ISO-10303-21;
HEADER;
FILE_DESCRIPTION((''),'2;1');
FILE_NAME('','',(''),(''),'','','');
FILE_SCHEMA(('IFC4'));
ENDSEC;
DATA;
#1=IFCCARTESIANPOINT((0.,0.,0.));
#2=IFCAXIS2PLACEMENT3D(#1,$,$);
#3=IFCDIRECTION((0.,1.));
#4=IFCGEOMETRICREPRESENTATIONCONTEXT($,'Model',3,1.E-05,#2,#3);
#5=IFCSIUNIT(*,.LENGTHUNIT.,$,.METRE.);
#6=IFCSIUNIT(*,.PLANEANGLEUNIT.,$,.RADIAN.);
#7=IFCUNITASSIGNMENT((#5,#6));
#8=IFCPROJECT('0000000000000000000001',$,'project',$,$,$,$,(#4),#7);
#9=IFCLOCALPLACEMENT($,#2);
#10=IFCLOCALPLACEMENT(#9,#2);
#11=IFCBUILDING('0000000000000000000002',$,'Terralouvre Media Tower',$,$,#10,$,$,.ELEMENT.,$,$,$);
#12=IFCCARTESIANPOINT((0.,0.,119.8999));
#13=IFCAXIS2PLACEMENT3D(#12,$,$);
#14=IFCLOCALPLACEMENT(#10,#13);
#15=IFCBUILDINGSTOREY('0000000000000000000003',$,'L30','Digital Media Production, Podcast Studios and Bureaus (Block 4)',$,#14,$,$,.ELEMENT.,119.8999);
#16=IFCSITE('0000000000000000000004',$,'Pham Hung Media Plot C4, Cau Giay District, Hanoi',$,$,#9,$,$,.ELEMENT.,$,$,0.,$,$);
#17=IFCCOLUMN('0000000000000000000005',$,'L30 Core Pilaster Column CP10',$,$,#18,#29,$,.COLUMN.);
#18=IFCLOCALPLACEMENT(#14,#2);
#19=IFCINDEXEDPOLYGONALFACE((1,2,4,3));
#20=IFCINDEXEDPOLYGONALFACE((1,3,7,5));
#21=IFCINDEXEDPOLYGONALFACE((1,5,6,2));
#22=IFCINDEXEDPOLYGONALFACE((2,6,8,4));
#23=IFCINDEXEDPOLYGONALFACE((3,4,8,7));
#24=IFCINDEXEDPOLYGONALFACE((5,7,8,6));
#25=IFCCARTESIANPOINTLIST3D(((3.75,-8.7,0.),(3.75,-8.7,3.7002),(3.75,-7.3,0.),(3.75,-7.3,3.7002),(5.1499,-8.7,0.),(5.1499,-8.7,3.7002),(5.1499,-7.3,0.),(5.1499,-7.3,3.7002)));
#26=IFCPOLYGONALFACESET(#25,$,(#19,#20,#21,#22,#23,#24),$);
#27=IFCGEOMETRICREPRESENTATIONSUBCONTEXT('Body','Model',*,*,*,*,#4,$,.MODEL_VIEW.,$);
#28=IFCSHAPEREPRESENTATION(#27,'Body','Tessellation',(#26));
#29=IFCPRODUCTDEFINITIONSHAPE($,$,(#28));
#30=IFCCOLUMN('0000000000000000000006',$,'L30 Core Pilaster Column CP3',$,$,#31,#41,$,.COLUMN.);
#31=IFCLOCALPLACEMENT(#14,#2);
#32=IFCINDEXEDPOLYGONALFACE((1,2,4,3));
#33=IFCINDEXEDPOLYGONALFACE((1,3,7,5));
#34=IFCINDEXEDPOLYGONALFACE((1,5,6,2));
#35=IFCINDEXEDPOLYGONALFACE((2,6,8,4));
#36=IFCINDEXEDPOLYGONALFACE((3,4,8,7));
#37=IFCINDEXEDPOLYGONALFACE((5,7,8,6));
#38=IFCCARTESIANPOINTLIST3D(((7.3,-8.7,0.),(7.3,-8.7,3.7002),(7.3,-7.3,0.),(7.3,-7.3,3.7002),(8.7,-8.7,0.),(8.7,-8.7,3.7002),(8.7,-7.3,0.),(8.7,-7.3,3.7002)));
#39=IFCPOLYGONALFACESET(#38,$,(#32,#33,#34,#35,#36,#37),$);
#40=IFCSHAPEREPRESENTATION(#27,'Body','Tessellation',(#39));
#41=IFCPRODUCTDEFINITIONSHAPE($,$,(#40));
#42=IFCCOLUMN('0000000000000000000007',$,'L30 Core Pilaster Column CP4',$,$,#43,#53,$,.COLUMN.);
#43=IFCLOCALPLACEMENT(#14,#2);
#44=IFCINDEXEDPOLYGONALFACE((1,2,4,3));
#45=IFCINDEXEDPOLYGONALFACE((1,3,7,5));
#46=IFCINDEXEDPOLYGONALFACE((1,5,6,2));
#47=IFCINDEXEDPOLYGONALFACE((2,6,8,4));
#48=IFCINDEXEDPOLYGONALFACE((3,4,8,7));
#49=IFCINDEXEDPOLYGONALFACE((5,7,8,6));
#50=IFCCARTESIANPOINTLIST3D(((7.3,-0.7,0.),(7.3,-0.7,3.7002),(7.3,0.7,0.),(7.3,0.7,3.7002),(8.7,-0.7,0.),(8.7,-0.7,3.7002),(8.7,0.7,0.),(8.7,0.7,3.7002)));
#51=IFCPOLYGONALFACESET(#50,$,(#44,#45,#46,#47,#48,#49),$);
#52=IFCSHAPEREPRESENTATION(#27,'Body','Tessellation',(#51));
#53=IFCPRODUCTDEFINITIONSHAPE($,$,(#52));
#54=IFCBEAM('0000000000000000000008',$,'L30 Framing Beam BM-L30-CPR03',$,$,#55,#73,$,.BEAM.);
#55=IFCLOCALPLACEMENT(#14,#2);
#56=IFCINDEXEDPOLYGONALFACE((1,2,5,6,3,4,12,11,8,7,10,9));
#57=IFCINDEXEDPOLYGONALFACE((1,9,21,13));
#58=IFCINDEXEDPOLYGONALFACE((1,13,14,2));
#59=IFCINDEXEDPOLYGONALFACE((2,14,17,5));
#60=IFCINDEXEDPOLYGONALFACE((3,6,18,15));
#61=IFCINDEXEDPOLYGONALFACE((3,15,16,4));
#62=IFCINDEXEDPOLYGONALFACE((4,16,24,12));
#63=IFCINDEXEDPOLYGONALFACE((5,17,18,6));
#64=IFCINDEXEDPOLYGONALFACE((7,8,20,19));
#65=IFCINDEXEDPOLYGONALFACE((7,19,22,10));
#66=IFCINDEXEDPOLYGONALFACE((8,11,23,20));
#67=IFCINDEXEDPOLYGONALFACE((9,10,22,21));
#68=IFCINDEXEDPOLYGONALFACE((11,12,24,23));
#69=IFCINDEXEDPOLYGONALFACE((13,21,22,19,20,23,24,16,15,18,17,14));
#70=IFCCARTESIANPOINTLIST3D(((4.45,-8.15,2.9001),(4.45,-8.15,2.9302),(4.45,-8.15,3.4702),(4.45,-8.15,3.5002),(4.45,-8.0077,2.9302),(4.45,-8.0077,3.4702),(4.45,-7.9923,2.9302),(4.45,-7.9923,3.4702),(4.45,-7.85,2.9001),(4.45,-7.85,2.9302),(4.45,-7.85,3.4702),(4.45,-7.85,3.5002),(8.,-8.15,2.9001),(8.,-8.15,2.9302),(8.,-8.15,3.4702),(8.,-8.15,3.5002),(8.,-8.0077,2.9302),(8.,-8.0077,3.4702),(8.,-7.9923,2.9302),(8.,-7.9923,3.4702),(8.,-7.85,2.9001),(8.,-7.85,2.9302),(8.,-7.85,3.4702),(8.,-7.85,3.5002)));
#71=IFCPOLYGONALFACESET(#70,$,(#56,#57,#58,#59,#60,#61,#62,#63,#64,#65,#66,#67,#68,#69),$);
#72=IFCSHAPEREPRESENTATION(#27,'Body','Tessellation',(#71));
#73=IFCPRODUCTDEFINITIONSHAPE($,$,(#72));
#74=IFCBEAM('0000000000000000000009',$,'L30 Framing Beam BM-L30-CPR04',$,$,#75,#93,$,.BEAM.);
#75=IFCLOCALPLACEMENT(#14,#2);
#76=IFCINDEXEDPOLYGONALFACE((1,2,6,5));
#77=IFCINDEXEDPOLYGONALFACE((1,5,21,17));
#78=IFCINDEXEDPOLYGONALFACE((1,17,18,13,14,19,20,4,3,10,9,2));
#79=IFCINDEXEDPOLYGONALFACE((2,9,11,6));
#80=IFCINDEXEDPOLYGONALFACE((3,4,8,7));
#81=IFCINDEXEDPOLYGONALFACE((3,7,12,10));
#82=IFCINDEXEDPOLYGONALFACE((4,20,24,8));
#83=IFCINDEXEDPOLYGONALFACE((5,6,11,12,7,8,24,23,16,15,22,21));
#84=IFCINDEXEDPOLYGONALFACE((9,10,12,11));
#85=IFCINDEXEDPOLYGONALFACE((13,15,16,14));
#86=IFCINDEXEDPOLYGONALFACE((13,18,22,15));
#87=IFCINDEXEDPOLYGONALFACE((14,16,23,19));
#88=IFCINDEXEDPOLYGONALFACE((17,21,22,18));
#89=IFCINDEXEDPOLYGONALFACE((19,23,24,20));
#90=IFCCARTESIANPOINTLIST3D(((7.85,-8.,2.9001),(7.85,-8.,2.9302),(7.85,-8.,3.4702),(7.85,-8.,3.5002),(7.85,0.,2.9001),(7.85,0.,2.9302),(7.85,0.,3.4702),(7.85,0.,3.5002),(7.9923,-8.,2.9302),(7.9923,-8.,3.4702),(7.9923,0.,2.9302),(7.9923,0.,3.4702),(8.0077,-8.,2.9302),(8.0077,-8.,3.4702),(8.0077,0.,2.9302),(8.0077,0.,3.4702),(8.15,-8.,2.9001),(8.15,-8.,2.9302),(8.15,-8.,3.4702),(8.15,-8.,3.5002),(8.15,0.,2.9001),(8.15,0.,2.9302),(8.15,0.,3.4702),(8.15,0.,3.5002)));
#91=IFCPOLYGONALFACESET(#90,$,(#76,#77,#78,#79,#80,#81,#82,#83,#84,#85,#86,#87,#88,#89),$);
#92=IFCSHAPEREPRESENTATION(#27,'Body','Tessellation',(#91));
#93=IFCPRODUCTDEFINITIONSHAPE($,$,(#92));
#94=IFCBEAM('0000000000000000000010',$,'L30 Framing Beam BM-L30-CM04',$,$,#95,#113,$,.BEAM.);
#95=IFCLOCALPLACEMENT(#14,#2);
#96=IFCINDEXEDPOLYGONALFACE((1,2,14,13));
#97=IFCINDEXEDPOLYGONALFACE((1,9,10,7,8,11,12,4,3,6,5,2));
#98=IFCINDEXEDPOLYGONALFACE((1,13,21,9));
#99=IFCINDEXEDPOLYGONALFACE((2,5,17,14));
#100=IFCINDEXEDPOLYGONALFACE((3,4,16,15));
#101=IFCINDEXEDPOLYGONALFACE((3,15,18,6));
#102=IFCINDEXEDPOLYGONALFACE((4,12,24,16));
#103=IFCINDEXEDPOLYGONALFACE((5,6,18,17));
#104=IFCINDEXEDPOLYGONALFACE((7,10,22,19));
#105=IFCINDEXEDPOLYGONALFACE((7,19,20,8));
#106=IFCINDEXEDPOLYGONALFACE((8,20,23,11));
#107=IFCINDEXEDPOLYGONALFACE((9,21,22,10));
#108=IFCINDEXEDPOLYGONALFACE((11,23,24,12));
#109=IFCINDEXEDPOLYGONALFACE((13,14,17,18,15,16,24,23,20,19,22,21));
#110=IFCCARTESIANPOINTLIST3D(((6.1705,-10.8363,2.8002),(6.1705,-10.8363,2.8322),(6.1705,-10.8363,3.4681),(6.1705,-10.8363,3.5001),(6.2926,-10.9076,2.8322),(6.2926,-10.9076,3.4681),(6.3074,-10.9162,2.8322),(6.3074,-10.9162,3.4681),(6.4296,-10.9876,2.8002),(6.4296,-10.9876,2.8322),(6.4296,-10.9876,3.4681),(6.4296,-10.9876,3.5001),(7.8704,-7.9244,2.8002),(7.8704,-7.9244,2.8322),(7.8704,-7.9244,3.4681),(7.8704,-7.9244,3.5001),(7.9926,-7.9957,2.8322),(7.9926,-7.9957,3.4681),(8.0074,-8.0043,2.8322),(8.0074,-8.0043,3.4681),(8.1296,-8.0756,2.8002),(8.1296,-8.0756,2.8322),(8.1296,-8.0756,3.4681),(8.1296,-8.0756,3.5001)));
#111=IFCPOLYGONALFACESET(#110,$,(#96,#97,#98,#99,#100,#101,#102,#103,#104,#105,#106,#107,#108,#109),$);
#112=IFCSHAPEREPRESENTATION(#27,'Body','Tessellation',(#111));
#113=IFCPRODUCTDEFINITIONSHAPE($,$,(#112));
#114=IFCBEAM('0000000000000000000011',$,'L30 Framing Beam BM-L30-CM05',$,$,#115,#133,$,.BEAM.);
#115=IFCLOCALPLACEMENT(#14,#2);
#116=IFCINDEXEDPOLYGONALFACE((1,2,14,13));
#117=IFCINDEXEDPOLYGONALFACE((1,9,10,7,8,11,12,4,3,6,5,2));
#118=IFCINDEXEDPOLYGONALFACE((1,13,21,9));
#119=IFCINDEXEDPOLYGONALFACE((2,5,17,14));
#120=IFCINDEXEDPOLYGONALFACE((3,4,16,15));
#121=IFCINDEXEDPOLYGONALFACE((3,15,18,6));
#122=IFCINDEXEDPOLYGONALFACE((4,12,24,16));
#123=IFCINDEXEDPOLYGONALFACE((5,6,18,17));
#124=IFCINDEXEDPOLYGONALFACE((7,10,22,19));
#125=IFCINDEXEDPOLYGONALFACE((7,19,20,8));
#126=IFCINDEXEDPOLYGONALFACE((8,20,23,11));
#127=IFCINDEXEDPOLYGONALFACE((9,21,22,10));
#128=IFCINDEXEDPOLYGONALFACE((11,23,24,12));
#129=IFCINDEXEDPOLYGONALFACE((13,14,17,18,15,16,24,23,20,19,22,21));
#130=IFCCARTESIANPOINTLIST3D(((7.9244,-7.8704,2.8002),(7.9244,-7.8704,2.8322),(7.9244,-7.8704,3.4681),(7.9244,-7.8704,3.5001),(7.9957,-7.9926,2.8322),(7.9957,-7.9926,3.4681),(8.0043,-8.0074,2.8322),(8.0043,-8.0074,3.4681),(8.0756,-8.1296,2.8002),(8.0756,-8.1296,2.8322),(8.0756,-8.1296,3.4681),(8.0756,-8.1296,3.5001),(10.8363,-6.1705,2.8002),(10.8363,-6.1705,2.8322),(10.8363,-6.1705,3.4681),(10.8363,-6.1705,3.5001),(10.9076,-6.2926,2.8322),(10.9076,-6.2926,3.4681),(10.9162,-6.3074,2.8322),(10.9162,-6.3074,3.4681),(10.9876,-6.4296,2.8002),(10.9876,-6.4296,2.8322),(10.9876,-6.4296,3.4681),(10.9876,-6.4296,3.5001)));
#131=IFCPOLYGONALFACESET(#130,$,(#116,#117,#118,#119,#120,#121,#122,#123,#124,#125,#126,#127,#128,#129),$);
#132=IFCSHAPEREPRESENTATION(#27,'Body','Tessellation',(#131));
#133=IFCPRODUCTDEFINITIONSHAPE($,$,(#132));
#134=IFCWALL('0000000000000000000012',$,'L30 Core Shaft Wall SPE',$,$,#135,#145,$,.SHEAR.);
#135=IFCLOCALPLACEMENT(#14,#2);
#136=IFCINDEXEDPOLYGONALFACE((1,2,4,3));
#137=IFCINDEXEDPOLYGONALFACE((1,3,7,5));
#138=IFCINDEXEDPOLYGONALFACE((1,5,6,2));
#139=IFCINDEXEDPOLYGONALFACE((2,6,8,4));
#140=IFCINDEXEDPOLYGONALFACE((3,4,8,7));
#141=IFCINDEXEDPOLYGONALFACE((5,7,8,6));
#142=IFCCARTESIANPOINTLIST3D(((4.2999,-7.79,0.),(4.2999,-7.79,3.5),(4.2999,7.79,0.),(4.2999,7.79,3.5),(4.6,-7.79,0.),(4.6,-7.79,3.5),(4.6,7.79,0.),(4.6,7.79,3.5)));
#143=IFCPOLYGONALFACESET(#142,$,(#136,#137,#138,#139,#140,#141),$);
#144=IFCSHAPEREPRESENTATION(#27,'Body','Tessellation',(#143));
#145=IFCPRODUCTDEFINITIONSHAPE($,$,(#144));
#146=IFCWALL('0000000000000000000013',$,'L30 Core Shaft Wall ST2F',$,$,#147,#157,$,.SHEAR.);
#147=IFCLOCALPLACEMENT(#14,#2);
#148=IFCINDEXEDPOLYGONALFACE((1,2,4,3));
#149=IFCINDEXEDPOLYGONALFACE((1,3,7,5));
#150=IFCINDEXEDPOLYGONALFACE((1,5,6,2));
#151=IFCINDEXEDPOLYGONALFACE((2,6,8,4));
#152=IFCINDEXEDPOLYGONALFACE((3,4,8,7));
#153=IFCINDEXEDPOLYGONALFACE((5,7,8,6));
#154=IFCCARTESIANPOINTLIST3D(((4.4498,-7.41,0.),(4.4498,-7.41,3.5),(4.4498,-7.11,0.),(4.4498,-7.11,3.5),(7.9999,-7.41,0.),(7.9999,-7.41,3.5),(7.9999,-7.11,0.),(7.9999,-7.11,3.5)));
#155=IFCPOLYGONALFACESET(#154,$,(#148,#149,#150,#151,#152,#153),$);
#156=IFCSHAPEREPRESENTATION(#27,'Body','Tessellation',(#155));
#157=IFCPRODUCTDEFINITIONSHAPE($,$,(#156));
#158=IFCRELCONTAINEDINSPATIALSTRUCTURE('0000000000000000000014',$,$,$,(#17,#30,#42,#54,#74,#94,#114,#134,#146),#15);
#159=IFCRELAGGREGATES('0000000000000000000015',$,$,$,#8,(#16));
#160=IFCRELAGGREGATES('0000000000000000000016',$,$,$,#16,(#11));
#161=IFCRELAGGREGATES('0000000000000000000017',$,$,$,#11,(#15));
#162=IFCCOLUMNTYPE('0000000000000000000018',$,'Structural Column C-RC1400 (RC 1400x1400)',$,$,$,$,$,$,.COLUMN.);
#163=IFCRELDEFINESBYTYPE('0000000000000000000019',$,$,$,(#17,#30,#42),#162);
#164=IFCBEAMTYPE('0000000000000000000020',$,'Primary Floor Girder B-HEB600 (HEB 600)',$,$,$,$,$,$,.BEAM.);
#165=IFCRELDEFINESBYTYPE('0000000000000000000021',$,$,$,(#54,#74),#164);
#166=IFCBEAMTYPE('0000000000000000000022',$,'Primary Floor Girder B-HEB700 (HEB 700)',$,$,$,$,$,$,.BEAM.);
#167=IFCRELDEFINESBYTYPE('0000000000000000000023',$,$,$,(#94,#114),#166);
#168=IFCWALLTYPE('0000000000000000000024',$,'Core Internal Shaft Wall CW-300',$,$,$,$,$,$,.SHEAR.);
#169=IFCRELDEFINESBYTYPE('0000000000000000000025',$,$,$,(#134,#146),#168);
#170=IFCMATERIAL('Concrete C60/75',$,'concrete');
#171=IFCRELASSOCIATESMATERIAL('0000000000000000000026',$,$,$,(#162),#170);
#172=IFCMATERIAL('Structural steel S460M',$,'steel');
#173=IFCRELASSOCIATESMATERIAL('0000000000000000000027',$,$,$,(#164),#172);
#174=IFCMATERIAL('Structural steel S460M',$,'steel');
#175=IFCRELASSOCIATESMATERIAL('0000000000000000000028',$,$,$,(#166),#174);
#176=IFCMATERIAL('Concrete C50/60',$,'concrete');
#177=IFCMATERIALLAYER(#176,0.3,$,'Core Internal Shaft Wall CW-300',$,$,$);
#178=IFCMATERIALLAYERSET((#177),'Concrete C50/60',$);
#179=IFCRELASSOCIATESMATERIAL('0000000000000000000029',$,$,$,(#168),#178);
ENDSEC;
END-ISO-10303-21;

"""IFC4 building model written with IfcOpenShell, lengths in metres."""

from ifc_helpers import new_model, si_unit, direction, frame, frame_2d, origin, origin_2d, place, context, subcontext, project, spatial, rectangle, i_section, extrude, material, layer, layer_set, material_profile, profile_set, type_object, element, save


model = new_model("IFC4")

# Units and contexts
model_context = context("Model", 3, precision=1e-05, world=origin(), true_north=direction((0.0, 1.0)))
body_context = subcontext(model_context, "Body", "Model", "MODEL_VIEW")
ifc_project = project(units=[si_unit("LENGTHUNIT", "METRE"), si_unit("PLANEANGLEUNIT", "RADIAN")], contexts=[model_context])

# Site, building, storey
site_placement = place(None, origin())
site = spatial("IfcSite", under=ifc_project, at=site_placement, Name="Pham Hung Media Plot C4, Cau Giay District, Hanoi", CompositionType="ELEMENT", RefElevation=0.0)
building_placement = place(site_placement, origin())
building = spatial("IfcBuilding", under=site, at=building_placement, Name="Terralouvre Media Tower", CompositionType="ELEMENT")
storey_placement = place(building_placement, frame((0.0, 0.0, 119.8999)))
storey = spatial("IfcBuildingStorey", under=building, at=storey_placement, Name="L30", Description="Digital Media Production, Podcast Studios and Bureaus (Block 4)", CompositionType="ELEMENT", Elevation=119.8999)

# Columns
ifc_material_1 = material(Name="Concrete C60/75", Category="concrete")
ifc_material_profile_1 = material_profile(ifc_material_1, rectangle(XDim=1.3999, YDim=1.3999, at=origin_2d()), Name="RC 1400x1400")
ifc_profile_set_1 = profile_set([ifc_material_profile_1], Name="Concrete C60/75")
column_type = type_object("IfcColumnType", Name="Structural Column C-RC1400 (RC 1400x1400)", PredefinedType="COLUMN", material=ifc_profile_set_1)
for number, where, z_axis, x_axis, name in (
    (1, (4.45, -8.0, 0.0), (0.0, 0.0, 1.0), (1.0, 0.0, 0.0), "L30 Core Pilaster Column CP10"),
    (2, (8.0, -8.0, 0.0), (0.0, 0.0, 1.0), (1.0, 0.0, 0.0), "L30 Core Pilaster Column CP3"),
    (3, (8.0, 0.0, 0.0), (0.0, 0.0, 1.0), (1.0, 0.0, 0.0), "L30 Core Pilaster Column CP4"),
):
    element("IfcColumn", number, at=place(storey_placement, frame(where, z_axis=z_axis, x_axis=x_axis)), inside=storey, type_object=column_type, Name=name, PredefinedType="COLUMN", context=body_context, shape_type="SweptSolid", body=[
        extrude(rectangle(XDim=1.3999, YDim=1.3999, at=origin_2d()), origin(), (0.0, 0.0, 1.0), 3.7002),
    ])

# Beams
ifc_material_2 = material(Name="Structural steel S460M", Category="steel")
ifc_material_profile_2 = material_profile(ifc_material_2, i_section(OverallWidth=0.3, OverallDepth=0.6001, WebThickness=0.0154, FlangeThickness=0.03, at=origin_2d()), Name="HEB 600")
ifc_profile_set_2 = profile_set([ifc_material_profile_2], Name="Structural steel S460M")
beam_type_1 = type_object("IfcBeamType", Name="Primary Floor Girder B-HEB600 (HEB 600)", PredefinedType="BEAM", material=ifc_profile_set_2)
beam_1_placement = place(storey_placement, frame((4.45, -8.0, 3.2002), z_axis=(1.0, 0.0, 0.0), x_axis=(0.0, 1.0, 0.0)))
element("IfcBeam", 4, at=beam_1_placement, inside=storey, type_object=beam_type_1, Name="L30 Framing Beam BM-L30-CPR03", PredefinedType="BEAM", context=body_context, shape_type="SweptSolid", body=[
    extrude(i_section(OverallWidth=0.3, OverallDepth=0.6001, WebThickness=0.0154, FlangeThickness=0.03, at=origin_2d()), origin(), (0.0, 0.0, 1.0), 3.55),
])
beam_2_placement = place(storey_placement, frame((8.0, -8.0, 3.2002), z_axis=(0.0, 1.0, 0.0), x_axis=(-1.0, 0.0, 0.0)))
element("IfcBeam", 5, at=beam_2_placement, inside=storey, type_object=beam_type_1, Name="L30 Framing Beam BM-L30-CPR04", PredefinedType="BEAM", context=body_context, shape_type="SweptSolid", body=[
    extrude(i_section(OverallWidth=0.3, OverallDepth=0.6001, WebThickness=0.0154, FlangeThickness=0.03, at=origin_2d()), origin(), (0.0, 0.0, 1.0), 8.0),
])
ifc_material_3 = material(Name="Structural steel S460M", Category="steel")
ifc_material_profile_3 = material_profile(ifc_material_3, i_section(OverallWidth=0.3, OverallDepth=0.7, WebThickness=0.0171, FlangeThickness=0.032, at=origin_2d()), Name="HEB 700")
ifc_profile_set_3 = profile_set([ifc_material_profile_3], Name="Structural steel S460M")
beam_type_2 = type_object("IfcBeamType", Name="Primary Floor Girder B-HEB700 (HEB 700)", PredefinedType="BEAM", material=ifc_profile_set_3)
for number, where, z_axis, x_axis, name in (
    (6, (8.0, -8.0, 3.1501), (-0.504173, -0.863603, 0.0), (0.863603, -0.504173, 0.0), "L30 Framing Beam BM-L30-CM04"),
    (7, (8.0, -8.0, 3.1501), (0.863603, 0.504173, 0.0), (-0.504173, 0.863603, 0.0), "L30 Framing Beam BM-L30-CM05"),
):
    element("IfcBeam", number, at=place(storey_placement, frame(where, z_axis=z_axis, x_axis=x_axis)), inside=storey, type_object=beam_type_2, Name=name, PredefinedType="BEAM", context=body_context, shape_type="SweptSolid", body=[
        extrude(i_section(OverallWidth=0.3, OverallDepth=0.7, WebThickness=0.0171, FlangeThickness=0.032, at=origin_2d()), origin(), (0.0, 0.0, 1.0), 3.3718),
    ])

# Wall
ifc_material_4 = material(Name="Concrete C50/60", Category="concrete")
ifc_layer_1 = layer(ifc_material_4, 0.3, Name="Core Internal Shaft Wall CW-300")
ifc_layer_set_1 = layer_set([ifc_layer_1], Name="Concrete C50/60")
wall_type_1 = type_object("IfcWallType", Name="Core Internal Shaft Wall CW-300", PredefinedType="SHEAR", material=ifc_layer_set_1)
wall_1_placement = place(storey_placement, frame((4.45, -7.79, 0.0), z_axis=(0.0, 0.0, 1.0), x_axis=(0.0, 1.0, 0.0)))
element("IfcWall", 8, at=wall_1_placement, inside=storey, type_object=wall_type_1, Name="L30 Core Shaft Wall SPE", PredefinedType="SHEAR", context=body_context, shape_type="SweptSolid", body=[
    extrude(rectangle(XDim=15.5801, YDim=0.3, at=frame_2d((7.79, 0.0))), origin(), (0.0, 0.0, 1.0), 3.5),
])

# Wall
wall_2_placement = place(storey_placement, frame((4.45, -7.26, 0.0), z_axis=(0.0, 0.0, 1.0), x_axis=(1.0, 0.0, 0.0)))
element("IfcWall", 9, at=wall_2_placement, inside=storey, type_object=wall_type_1, Name="L30 Core Shaft Wall ST2F", PredefinedType="SHEAR", context=body_context, shape_type="SweptSolid", body=[
    extrude(rectangle(XDim=3.55, YDim=0.3, at=frame_2d((1.7749, 0.0))), origin(), (0.0, 0.0, 1.0), 3.5),
])

save(model, "model.ifc")
